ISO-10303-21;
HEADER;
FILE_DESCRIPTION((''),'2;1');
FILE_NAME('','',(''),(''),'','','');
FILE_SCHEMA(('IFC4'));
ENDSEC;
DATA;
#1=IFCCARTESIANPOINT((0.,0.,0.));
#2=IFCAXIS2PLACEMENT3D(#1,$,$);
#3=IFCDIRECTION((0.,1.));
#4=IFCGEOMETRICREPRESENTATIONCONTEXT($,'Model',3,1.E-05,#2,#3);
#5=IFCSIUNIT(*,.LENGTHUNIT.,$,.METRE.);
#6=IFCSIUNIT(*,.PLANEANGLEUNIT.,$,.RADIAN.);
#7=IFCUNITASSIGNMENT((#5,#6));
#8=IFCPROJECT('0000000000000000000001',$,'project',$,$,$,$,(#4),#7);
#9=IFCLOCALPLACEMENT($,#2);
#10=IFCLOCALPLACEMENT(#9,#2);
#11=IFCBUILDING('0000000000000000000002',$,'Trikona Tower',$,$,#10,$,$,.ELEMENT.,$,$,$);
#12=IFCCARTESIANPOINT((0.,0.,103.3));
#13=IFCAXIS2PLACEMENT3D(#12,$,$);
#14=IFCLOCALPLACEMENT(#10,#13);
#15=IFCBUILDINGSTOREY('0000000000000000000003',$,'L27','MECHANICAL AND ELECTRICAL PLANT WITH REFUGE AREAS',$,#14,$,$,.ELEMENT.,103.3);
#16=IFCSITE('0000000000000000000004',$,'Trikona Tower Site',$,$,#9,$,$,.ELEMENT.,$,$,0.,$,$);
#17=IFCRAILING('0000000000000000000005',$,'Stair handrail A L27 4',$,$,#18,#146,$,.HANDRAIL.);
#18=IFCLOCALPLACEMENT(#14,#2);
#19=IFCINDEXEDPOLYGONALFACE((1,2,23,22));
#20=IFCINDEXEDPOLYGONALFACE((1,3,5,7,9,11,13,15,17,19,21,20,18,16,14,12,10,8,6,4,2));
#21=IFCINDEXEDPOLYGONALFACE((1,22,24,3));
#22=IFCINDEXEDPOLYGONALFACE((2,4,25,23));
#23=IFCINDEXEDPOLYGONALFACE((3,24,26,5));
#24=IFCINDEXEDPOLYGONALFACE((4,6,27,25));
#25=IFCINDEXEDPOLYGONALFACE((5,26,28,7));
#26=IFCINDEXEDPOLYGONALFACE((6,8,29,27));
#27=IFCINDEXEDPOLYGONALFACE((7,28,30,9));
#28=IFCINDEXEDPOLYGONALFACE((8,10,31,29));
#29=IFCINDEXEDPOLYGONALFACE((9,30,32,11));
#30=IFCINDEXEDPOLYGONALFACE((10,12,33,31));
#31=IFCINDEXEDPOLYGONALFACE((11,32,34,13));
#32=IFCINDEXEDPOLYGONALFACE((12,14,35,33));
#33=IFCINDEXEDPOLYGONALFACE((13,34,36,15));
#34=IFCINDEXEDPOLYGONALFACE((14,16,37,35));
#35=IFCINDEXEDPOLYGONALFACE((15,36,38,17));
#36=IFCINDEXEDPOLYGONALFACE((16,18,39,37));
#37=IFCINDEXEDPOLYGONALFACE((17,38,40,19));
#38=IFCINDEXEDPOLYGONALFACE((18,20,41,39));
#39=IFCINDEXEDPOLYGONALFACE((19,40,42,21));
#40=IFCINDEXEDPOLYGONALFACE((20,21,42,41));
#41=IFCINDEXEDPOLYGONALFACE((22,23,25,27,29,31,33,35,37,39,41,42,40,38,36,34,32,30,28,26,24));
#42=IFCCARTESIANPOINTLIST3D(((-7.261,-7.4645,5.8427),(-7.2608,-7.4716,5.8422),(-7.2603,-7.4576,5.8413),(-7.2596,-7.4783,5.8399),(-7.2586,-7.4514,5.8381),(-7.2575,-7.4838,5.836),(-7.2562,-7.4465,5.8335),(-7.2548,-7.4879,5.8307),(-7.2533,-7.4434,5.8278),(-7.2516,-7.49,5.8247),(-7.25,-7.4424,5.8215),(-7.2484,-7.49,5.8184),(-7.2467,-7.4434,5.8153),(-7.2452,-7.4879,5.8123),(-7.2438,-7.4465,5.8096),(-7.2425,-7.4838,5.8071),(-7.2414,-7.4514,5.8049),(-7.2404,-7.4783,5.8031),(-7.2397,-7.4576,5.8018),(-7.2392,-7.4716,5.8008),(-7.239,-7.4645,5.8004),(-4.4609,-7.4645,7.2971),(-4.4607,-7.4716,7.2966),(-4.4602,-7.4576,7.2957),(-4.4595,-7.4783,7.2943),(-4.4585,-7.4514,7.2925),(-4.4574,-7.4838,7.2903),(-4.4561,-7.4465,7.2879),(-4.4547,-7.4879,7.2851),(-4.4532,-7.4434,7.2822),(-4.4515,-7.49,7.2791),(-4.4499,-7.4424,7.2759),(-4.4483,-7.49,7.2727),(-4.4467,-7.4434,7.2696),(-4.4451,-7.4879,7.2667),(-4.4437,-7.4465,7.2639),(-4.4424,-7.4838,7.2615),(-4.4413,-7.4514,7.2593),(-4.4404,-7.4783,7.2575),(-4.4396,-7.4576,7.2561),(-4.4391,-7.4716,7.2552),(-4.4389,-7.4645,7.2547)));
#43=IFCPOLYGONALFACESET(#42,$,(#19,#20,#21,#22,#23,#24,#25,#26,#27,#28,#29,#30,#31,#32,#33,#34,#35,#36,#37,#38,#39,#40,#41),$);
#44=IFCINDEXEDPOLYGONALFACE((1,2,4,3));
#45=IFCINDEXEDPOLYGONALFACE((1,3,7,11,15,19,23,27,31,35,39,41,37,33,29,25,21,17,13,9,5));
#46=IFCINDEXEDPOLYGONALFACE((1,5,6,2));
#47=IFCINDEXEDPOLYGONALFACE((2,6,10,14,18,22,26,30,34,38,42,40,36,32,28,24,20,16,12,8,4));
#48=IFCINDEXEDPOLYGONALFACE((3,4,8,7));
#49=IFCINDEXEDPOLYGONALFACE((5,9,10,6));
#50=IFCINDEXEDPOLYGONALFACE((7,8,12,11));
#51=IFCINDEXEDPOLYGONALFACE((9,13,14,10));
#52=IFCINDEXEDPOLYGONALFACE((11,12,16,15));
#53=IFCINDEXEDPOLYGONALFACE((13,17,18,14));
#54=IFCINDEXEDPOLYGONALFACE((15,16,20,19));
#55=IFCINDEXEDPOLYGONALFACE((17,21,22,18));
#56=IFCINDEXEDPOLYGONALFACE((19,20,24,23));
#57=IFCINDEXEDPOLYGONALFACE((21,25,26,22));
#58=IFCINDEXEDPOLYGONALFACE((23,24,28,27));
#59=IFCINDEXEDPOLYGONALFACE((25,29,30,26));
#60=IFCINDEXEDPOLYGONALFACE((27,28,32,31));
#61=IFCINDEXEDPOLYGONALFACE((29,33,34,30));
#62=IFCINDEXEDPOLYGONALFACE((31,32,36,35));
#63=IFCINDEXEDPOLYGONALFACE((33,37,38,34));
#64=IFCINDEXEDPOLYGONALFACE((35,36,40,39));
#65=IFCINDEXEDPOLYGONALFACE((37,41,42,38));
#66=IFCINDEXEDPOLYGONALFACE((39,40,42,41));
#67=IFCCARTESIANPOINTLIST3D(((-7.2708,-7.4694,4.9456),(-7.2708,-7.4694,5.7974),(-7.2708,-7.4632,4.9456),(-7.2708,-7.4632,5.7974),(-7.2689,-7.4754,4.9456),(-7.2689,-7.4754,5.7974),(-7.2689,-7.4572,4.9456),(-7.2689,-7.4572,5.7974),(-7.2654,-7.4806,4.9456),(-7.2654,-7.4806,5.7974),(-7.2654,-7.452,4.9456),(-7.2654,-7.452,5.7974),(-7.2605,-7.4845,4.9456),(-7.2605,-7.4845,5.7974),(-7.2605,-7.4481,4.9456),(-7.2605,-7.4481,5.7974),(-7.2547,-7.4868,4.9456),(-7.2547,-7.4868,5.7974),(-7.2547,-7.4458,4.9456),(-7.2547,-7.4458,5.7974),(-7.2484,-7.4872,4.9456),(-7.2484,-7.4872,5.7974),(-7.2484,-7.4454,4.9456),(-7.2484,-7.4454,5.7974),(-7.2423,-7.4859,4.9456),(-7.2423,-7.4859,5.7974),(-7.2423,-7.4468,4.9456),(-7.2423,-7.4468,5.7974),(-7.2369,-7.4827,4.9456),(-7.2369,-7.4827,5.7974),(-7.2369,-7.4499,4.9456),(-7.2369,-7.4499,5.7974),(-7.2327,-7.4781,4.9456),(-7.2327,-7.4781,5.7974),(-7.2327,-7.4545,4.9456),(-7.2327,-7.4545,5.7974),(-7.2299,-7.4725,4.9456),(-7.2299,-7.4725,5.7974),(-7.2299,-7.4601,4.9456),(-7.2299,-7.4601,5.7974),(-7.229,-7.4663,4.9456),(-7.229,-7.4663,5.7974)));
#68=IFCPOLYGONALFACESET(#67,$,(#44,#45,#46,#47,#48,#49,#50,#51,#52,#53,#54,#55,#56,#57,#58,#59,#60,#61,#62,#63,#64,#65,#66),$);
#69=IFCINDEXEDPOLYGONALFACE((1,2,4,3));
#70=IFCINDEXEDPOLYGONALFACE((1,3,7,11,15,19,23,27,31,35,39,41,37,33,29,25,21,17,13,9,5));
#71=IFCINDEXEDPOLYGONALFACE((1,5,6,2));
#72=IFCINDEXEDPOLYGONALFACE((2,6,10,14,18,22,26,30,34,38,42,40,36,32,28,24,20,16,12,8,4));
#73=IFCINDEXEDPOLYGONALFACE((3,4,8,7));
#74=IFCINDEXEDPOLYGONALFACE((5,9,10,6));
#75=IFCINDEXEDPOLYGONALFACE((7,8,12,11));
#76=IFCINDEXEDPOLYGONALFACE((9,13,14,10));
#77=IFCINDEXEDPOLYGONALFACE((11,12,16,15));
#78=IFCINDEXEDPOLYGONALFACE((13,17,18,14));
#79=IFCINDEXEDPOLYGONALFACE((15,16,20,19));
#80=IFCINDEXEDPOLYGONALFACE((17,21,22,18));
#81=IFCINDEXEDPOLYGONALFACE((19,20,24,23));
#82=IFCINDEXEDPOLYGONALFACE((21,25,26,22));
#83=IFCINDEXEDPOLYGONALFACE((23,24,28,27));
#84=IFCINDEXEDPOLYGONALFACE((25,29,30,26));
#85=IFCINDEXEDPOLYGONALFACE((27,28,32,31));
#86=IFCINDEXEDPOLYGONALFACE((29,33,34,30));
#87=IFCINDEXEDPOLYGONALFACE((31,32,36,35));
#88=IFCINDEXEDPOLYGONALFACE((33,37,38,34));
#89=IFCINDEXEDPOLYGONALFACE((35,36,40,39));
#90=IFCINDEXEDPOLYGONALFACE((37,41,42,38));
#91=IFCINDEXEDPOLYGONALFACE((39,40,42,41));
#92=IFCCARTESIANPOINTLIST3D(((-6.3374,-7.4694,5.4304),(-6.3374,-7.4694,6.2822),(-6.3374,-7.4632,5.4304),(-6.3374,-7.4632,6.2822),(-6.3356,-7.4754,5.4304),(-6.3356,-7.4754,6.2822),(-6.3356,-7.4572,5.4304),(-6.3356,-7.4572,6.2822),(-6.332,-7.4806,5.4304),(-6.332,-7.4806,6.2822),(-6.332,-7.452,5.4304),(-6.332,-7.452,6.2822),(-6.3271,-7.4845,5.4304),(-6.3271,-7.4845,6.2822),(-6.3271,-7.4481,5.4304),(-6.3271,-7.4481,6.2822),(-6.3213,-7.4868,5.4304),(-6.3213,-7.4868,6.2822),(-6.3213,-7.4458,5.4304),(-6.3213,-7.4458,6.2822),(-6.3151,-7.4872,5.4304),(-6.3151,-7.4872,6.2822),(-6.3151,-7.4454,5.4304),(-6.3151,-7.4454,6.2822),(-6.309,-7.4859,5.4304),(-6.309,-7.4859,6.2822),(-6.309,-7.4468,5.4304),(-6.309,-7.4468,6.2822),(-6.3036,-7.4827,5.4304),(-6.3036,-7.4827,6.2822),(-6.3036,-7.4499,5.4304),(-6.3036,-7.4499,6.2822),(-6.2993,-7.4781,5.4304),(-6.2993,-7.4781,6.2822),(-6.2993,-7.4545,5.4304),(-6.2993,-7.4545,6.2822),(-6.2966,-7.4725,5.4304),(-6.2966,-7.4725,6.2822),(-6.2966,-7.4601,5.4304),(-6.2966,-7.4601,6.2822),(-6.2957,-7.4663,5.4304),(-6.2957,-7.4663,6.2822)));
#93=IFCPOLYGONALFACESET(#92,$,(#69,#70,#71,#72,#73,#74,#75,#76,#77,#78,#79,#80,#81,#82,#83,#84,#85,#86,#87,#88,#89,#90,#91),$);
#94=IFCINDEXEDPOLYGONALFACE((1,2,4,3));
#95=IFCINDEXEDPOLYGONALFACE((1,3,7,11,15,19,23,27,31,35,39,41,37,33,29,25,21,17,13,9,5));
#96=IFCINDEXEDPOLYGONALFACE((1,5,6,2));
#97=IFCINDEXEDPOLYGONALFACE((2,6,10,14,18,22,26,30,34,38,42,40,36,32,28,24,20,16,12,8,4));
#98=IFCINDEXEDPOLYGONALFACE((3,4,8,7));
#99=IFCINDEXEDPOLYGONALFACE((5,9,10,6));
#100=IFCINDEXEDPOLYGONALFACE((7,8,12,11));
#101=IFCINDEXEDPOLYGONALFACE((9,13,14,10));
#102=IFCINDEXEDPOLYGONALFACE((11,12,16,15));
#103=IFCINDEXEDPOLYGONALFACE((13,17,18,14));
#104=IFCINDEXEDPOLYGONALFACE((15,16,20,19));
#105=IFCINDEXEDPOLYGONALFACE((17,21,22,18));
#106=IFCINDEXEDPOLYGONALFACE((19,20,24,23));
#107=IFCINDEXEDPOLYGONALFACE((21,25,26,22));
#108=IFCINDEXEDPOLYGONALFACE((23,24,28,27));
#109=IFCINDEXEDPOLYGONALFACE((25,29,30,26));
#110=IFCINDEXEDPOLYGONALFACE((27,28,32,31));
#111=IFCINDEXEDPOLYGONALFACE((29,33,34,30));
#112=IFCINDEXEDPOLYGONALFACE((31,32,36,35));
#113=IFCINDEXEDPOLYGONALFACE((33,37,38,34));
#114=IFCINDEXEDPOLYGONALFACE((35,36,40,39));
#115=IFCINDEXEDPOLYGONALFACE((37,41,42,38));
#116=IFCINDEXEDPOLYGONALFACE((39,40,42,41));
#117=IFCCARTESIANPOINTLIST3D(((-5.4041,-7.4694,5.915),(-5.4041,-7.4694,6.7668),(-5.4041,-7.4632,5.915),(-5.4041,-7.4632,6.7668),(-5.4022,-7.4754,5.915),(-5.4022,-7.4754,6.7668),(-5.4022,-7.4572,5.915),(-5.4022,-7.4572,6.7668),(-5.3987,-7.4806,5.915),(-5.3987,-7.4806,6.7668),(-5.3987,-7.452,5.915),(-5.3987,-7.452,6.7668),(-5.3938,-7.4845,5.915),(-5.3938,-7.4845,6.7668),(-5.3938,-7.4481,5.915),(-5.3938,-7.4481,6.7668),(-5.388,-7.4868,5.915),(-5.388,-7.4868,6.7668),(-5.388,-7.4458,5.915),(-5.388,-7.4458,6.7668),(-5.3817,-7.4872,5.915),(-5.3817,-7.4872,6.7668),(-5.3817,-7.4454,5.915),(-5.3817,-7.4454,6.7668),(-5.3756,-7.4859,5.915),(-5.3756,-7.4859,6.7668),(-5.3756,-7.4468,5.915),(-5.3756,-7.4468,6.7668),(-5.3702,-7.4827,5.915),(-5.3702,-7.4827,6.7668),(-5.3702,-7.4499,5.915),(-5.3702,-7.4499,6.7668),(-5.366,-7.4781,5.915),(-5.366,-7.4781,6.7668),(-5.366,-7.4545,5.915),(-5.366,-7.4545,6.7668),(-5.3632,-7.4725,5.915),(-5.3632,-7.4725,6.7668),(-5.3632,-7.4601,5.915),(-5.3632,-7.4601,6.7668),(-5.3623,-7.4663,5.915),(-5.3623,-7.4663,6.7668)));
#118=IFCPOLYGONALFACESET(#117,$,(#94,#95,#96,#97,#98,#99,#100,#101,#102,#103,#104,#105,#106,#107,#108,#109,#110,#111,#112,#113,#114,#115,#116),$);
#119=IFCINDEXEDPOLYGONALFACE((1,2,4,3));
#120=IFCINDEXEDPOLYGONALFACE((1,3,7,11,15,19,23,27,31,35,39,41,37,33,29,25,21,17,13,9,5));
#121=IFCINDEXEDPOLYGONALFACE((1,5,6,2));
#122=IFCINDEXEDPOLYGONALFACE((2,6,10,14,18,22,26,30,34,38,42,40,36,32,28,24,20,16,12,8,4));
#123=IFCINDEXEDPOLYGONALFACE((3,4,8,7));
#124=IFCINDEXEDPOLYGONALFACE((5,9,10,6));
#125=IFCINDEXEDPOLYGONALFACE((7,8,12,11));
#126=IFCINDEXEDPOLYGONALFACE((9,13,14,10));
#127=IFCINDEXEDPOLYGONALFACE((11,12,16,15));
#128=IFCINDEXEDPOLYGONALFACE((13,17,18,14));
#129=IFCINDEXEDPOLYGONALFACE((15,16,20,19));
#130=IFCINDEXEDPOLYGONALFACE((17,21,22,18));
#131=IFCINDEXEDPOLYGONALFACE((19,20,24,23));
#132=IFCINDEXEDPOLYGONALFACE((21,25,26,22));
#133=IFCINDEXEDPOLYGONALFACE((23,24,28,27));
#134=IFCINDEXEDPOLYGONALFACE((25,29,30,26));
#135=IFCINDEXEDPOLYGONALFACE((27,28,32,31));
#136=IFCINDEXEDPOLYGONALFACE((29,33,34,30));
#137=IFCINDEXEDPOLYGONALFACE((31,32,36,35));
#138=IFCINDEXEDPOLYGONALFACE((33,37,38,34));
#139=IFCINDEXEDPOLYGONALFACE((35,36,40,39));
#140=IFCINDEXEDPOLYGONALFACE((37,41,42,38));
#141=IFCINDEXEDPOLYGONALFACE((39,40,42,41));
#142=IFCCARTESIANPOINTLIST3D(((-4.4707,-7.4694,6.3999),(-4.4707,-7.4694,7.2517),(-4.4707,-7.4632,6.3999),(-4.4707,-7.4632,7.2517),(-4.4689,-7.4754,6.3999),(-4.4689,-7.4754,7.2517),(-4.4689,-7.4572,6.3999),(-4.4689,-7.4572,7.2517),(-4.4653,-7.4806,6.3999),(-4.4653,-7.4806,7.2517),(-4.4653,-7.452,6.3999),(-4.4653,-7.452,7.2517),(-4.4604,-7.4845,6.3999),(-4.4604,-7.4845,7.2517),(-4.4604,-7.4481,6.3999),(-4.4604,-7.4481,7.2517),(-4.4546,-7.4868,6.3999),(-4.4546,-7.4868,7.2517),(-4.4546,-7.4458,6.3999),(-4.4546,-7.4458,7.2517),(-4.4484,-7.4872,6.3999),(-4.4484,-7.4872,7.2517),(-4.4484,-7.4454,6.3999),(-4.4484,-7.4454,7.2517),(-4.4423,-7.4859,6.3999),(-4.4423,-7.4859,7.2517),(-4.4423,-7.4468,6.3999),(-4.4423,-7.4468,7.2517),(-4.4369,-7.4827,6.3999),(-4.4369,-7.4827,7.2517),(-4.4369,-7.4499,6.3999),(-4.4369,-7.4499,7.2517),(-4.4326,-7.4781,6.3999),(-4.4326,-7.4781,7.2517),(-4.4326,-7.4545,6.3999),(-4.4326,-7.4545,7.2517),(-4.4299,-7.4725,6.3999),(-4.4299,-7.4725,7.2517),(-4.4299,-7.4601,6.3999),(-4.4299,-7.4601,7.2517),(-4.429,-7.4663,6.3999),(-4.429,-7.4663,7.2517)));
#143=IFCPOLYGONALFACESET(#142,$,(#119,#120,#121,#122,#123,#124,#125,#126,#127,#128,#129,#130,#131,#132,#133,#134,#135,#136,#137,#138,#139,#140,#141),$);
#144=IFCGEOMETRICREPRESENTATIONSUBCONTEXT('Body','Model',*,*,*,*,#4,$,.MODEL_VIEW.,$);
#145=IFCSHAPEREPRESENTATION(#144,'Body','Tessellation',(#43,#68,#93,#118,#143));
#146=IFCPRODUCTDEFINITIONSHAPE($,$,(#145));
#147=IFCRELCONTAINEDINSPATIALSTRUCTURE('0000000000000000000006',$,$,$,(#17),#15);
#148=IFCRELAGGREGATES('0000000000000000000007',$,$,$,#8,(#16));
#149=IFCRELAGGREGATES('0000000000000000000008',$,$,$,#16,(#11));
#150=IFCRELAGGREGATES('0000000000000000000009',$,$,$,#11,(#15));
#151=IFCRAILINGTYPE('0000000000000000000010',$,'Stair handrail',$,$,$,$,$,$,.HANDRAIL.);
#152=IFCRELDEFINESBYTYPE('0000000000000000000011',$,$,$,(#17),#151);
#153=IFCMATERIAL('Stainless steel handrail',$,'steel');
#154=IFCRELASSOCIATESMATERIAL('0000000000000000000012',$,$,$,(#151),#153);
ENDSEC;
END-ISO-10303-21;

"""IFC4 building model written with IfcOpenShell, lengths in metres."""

from ifc_helpers import new_model, si_unit, direction, frame, origin, origin_2d, place, context, subcontext, project, spatial, circle, extrude, material, type_object, element, save


model = new_model("IFC4")

# Units and contexts
model_context = context("Model", 3, precision=1e-05, world=origin(), true_north=direction((0.0, 1.0)))
body_context = subcontext(model_context, "Body", "Model", "MODEL_VIEW")
ifc_project = project(units=[si_unit("LENGTHUNIT", "METRE"), si_unit("PLANEANGLEUNIT", "RADIAN")], contexts=[model_context])

# Site, building, storey
site_placement = place(None, origin())
site = spatial("IfcSite", under=ifc_project, at=site_placement, Name="Trikona Tower Site", CompositionType="ELEMENT", RefElevation=0.0)
building_placement = place(site_placement, origin())
building = spatial("IfcBuilding", under=site, at=building_placement, Name="Trikona Tower", CompositionType="ELEMENT")
storey_placement = place(building_placement, frame((0.0, 0.0, 103.3)))
storey = spatial("IfcBuildingStorey", under=building, at=storey_placement, Name="L27", Description="MECHANICAL AND ELECTRICAL PLANT WITH REFUGE AREAS", CompositionType="ELEMENT", Elevation=103.3)

# Railing
ifc_material_1 = material(Name="Stainless steel handrail", Category="steel")
railing_type = type_object("IfcRailingType", Name="Stair handrail", PredefinedType="HANDRAIL", material=ifc_material_1)
railing_1_placement = place(storey_placement, frame((-7.25, -7.4663, 4.9456)))
element("IfcRailing", 1, at=railing_1_placement, inside=storey, type_object=railing_type, Name="Stair handrail A L27 4", PredefinedType="HANDRAIL", context=body_context, shape_type="SweptSolid", body=[
    extrude(circle(Radius=0.0239, at=origin_2d()), frame((0.0, 0.0, 0.876), z_axis=(0.887435, 0.0, 0.460934), x_axis=(0.0, 1.0, 0.0)), (0.0, 0.0, 1.0), 3.1553),
    extrude(circle(Radius=0.021, at=origin_2d()), origin(), (0.0, 0.0, 1.0), 0.8518),
    extrude(circle(Radius=0.021, at=origin_2d()), frame((0.9333, 0.0, 0.4849)), (0.0, 0.0, 1.0), 0.8518),
    extrude(circle(Radius=0.021, at=origin_2d()), frame((1.8667, 0.0, 0.9695)), (0.0, 0.0, 1.0), 0.8518),
    extrude(circle(Radius=0.021, at=origin_2d()), frame((2.8, 0.0, 1.4543)), (0.0, 0.0, 1.0), 0.8518),
])

save(model, "model.ifc")
